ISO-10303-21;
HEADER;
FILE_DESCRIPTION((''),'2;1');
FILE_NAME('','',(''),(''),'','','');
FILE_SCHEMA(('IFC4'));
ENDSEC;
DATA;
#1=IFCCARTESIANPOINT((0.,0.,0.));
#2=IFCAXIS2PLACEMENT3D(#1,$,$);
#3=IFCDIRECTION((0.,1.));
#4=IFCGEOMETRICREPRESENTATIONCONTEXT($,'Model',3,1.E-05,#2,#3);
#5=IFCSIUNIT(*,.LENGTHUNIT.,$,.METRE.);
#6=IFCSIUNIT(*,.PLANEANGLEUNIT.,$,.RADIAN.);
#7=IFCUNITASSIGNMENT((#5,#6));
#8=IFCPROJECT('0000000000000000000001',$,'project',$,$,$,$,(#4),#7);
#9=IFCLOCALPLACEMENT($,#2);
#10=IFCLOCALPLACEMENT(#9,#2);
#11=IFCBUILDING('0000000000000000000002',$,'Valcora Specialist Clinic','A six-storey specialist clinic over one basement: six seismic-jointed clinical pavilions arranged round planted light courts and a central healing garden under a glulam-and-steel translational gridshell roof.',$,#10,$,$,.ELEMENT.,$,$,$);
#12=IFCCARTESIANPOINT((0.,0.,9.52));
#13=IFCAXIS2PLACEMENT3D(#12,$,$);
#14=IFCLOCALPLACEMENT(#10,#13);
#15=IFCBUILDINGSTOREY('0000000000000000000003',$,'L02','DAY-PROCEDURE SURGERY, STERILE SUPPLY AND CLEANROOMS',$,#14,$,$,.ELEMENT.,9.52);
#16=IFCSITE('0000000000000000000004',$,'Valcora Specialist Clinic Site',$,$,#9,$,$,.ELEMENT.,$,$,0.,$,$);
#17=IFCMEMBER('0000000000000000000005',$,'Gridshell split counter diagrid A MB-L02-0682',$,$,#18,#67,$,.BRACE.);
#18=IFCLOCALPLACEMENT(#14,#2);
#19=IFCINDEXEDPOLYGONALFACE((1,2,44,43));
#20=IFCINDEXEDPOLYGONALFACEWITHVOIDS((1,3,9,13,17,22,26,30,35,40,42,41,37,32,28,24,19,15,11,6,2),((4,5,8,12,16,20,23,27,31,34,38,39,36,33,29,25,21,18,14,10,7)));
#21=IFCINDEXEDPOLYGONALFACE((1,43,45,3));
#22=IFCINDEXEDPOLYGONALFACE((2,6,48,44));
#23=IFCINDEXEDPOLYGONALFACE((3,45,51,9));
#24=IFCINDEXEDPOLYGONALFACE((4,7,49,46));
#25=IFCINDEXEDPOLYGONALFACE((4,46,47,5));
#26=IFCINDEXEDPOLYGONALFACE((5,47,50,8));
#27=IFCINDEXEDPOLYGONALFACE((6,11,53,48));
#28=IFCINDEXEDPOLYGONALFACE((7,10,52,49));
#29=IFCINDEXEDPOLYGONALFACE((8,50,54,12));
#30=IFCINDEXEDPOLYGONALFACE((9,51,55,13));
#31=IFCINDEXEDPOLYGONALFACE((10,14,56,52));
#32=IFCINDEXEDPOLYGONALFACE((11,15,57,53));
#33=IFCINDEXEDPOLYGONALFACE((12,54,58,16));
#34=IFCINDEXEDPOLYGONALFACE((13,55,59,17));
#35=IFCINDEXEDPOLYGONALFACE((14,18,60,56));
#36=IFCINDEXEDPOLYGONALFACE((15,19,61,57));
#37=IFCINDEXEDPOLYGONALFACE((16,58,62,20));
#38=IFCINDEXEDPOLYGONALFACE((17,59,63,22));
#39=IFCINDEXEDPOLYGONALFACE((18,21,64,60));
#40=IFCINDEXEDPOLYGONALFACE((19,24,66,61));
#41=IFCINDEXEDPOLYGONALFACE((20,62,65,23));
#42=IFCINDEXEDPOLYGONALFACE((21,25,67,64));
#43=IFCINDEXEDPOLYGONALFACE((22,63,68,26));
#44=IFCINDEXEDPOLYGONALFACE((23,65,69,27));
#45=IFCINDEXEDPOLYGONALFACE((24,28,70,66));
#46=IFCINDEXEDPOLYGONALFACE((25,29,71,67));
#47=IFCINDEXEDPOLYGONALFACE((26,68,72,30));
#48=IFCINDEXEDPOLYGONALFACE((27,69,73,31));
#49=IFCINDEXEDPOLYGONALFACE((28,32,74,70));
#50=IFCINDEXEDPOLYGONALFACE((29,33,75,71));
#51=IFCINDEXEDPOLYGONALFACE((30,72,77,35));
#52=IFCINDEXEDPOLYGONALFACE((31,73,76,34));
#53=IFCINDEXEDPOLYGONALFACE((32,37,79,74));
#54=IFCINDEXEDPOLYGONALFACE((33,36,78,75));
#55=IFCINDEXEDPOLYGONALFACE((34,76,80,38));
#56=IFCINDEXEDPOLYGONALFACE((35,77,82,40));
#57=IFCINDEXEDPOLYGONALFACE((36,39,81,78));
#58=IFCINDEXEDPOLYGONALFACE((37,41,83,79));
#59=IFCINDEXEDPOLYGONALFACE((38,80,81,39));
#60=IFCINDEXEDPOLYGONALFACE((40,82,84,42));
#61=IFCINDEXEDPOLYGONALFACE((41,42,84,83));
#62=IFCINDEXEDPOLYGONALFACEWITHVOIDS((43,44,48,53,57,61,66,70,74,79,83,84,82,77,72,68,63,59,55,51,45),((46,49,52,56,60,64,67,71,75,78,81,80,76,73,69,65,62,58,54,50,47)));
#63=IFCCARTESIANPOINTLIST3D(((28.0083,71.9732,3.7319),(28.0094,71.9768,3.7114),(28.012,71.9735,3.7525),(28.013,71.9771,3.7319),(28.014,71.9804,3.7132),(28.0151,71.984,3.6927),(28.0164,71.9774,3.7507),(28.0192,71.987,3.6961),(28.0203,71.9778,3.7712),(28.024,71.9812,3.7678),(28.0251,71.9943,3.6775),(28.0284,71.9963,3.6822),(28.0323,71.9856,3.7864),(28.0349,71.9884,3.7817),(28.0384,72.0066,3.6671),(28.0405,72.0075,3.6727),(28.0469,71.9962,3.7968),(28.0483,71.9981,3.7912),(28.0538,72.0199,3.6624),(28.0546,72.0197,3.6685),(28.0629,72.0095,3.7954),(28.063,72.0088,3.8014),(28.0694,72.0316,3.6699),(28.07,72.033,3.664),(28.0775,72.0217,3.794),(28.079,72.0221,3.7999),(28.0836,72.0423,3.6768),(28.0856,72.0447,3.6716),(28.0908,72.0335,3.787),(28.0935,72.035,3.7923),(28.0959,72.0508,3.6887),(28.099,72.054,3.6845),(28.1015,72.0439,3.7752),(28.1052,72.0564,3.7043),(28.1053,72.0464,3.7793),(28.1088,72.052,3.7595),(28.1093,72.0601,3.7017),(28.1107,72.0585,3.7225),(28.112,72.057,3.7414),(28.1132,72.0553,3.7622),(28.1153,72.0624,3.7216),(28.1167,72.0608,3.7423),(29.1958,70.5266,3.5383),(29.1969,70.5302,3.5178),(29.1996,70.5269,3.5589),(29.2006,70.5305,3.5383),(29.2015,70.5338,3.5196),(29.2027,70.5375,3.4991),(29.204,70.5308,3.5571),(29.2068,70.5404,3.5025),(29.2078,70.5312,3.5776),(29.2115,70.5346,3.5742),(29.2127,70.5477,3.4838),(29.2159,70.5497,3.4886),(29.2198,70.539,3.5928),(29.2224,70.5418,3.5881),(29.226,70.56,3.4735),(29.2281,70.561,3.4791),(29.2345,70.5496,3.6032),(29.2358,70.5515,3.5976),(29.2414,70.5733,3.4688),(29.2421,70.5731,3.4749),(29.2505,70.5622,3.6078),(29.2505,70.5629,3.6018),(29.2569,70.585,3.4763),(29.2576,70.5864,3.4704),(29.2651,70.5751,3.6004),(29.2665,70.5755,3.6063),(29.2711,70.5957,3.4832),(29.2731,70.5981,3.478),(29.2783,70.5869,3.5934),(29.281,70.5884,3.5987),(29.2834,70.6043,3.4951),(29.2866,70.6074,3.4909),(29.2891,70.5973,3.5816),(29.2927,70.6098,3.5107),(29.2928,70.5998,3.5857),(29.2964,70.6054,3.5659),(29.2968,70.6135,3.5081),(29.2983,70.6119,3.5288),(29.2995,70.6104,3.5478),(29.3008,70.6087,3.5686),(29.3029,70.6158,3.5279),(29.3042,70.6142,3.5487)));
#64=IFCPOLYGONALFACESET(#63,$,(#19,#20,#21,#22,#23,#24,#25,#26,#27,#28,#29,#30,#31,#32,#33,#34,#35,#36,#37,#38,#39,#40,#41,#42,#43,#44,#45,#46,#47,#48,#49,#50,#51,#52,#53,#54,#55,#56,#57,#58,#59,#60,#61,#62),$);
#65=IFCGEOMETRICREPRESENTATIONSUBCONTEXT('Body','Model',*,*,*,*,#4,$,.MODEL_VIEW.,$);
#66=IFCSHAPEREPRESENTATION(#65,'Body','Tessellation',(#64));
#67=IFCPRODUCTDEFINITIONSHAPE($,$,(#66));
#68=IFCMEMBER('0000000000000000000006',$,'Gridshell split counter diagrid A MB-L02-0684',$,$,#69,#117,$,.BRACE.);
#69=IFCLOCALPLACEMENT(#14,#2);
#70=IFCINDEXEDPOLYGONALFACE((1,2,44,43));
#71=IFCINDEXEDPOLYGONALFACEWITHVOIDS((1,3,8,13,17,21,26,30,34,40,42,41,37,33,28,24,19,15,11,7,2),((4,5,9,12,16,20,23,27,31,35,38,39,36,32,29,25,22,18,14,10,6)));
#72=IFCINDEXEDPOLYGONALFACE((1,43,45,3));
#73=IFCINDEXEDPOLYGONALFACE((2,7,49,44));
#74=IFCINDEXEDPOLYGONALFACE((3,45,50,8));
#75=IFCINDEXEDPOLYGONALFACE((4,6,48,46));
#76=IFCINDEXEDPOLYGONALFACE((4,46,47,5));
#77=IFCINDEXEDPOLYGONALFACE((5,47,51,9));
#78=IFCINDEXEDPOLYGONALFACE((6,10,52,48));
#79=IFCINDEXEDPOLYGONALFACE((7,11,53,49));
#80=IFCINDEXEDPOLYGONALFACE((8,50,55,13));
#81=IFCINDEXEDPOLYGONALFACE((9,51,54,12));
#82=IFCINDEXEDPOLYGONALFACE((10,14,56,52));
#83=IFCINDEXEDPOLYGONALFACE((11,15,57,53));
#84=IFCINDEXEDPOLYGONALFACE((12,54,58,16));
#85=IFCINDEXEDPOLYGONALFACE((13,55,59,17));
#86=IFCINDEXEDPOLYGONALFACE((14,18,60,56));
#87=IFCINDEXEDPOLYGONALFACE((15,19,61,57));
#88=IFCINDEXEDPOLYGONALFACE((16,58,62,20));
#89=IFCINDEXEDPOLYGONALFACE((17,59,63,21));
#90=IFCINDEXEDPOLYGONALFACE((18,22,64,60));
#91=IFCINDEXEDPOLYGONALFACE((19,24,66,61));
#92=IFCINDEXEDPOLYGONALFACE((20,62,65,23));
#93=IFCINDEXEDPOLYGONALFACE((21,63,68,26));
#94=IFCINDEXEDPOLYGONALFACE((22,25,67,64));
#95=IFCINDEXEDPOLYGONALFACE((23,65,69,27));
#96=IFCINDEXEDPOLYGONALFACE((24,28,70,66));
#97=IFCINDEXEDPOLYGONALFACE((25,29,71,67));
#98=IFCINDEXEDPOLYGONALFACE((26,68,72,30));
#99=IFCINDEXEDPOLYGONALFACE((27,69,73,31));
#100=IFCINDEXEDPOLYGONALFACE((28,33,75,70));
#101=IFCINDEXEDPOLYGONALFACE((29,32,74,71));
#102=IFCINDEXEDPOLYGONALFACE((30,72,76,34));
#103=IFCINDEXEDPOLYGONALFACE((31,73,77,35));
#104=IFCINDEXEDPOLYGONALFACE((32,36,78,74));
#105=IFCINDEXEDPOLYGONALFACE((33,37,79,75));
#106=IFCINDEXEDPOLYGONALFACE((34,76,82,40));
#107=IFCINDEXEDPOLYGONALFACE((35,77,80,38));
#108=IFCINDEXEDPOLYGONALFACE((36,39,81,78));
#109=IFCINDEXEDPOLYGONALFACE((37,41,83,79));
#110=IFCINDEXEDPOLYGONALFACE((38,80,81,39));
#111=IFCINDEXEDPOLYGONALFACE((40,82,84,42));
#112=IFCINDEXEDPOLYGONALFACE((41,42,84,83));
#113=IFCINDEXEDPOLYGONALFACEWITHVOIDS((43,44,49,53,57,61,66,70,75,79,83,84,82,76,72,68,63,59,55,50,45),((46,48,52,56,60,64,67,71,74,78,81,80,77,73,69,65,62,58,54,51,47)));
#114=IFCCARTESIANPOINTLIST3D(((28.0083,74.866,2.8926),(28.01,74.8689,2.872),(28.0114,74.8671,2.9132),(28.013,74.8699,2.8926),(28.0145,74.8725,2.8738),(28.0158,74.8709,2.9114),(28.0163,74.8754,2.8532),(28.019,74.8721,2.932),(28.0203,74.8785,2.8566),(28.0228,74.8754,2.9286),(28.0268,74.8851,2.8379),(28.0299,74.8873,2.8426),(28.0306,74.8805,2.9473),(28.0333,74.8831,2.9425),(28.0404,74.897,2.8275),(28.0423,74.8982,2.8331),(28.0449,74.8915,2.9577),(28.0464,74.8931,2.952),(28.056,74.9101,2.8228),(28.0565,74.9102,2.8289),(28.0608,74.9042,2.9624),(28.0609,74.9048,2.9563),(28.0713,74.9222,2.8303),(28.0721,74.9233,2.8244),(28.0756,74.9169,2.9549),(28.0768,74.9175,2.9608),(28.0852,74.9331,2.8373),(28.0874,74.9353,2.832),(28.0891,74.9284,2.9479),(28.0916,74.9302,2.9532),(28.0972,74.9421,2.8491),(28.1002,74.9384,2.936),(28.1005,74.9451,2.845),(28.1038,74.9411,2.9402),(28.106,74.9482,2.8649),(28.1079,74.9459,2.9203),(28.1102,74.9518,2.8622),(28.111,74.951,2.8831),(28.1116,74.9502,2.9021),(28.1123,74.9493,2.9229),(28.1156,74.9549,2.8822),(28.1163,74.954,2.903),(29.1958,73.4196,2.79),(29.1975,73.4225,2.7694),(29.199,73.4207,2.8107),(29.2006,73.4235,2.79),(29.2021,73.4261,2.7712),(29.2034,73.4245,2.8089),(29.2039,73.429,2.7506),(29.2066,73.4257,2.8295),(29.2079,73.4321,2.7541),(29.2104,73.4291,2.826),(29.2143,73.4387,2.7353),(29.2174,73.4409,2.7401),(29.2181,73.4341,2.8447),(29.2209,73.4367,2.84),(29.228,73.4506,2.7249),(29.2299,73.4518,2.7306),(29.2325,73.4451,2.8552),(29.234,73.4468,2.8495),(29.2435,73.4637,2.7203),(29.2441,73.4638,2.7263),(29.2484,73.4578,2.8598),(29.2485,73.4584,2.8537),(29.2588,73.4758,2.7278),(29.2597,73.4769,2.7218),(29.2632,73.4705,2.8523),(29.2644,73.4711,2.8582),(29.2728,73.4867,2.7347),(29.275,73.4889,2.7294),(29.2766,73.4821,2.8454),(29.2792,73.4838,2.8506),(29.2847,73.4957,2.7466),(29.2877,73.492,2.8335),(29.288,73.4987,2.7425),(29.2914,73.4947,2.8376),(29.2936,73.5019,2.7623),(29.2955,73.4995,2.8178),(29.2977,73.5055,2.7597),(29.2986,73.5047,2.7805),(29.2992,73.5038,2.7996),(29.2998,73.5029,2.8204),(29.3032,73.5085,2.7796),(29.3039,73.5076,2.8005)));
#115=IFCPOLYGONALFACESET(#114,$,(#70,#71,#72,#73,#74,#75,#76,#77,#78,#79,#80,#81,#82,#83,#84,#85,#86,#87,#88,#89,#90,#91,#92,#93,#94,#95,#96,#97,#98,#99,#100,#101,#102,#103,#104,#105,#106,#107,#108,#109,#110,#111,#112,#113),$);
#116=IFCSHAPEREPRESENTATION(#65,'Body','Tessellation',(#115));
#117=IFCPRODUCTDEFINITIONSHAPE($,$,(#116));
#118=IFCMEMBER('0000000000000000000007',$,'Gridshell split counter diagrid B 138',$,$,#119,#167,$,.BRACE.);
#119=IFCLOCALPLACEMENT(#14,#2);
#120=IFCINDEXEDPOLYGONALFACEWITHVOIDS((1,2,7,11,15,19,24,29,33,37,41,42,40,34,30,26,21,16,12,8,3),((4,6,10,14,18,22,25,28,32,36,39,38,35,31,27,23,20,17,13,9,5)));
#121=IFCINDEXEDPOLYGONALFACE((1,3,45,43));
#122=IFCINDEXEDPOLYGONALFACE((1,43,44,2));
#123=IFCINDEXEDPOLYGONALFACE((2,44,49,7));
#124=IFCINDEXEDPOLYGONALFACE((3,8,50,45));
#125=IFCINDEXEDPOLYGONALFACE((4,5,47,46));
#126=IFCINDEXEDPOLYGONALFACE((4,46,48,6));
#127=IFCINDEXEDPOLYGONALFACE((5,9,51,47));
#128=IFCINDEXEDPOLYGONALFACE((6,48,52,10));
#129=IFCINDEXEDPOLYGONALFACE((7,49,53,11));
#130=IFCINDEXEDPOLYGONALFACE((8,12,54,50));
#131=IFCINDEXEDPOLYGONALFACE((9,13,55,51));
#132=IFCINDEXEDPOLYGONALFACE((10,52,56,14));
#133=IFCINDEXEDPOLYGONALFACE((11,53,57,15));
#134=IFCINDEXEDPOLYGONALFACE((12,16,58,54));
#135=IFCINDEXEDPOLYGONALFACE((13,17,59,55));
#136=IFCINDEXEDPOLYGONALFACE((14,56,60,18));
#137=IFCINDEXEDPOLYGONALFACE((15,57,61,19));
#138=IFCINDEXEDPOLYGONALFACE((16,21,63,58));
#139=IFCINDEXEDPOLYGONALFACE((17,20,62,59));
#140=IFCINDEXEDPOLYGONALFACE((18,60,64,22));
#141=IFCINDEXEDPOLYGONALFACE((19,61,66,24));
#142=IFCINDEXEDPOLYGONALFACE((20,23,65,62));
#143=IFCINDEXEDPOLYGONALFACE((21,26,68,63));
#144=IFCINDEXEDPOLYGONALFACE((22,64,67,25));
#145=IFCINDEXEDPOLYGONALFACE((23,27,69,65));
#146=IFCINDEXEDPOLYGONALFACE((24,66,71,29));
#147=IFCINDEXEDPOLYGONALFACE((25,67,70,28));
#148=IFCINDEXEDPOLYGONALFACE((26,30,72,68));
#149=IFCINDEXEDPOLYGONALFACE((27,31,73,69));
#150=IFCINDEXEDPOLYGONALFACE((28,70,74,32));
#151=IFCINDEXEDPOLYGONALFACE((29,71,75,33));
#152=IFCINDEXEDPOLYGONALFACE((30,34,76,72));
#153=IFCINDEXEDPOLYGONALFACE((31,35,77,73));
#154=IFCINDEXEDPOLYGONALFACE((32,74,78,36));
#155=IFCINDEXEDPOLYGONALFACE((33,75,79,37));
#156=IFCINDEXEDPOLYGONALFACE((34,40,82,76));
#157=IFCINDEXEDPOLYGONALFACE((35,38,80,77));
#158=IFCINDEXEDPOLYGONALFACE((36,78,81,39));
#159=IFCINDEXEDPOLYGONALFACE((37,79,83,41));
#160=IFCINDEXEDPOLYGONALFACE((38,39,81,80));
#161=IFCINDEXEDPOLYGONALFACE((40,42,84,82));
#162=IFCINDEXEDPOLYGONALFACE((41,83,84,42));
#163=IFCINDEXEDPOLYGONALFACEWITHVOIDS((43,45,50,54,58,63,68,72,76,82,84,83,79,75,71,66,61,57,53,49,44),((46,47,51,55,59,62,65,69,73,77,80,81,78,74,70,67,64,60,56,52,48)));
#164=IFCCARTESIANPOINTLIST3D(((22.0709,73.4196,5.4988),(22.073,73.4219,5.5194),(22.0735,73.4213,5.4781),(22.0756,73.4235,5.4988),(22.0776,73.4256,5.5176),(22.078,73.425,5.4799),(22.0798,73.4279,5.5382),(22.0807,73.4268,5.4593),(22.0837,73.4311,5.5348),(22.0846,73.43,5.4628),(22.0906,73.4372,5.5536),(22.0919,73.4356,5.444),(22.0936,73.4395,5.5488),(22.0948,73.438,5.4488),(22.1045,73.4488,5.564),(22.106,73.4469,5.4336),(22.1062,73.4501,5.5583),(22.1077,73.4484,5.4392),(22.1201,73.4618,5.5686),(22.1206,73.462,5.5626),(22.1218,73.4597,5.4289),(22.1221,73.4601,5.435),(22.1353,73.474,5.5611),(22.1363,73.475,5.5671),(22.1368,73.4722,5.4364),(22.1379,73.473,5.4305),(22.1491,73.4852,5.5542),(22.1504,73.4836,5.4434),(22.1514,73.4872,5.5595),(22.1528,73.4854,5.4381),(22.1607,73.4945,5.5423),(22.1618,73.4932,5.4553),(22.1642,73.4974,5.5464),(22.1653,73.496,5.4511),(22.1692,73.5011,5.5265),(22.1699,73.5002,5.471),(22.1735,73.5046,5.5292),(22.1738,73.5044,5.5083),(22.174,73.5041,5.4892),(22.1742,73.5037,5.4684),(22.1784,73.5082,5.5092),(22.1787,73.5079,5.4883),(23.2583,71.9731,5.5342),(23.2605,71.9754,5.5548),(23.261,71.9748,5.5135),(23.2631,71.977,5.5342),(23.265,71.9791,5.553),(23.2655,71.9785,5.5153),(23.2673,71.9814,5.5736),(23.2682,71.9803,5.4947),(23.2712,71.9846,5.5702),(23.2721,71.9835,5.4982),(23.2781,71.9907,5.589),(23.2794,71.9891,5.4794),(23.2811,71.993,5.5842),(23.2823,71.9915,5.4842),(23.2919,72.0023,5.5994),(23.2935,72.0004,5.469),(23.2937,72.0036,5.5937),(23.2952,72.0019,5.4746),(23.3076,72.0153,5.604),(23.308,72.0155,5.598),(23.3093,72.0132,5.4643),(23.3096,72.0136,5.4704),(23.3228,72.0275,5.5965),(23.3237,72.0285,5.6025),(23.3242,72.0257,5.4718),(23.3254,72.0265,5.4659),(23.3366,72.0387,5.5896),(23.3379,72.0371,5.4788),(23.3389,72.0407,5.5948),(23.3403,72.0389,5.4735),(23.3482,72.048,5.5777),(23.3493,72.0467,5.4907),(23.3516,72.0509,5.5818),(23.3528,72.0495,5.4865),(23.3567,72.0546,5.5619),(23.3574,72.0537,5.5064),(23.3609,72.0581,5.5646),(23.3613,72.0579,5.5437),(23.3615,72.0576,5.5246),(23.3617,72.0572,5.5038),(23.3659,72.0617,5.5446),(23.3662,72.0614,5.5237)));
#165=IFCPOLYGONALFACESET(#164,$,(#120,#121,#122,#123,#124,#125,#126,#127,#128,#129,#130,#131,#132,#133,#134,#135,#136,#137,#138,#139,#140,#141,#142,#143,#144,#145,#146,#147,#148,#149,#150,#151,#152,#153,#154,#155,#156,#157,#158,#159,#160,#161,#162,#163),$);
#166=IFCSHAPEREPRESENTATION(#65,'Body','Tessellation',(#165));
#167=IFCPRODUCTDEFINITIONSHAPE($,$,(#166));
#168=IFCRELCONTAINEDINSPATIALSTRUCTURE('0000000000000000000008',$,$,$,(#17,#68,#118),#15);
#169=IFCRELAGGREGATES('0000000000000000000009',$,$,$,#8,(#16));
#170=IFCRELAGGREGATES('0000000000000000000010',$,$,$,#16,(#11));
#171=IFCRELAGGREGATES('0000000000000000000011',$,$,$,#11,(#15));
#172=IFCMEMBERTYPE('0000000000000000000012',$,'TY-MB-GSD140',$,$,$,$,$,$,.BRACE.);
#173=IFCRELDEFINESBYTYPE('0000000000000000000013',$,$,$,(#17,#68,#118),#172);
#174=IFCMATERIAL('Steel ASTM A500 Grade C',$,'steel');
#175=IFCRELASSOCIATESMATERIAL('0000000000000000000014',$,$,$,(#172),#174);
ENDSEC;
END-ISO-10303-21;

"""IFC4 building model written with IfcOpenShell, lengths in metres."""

from ifc_helpers import new_model, si_unit, direction, frame, origin, origin_2d, place, context, subcontext, project, spatial, hollow_circle, extrude, material, material_profile, profile_set, type_object, element, save


model = new_model("IFC4")

# Units and contexts
model_context = context("Model", 3, precision=1e-05, world=origin(), true_north=direction((0.0, 1.0)))
body_context = subcontext(model_context, "Body", "Model", "MODEL_VIEW")
ifc_project = project(units=[si_unit("LENGTHUNIT", "METRE"), si_unit("PLANEANGLEUNIT", "RADIAN")], contexts=[model_context])

# Site, building, storey
site_placement = place(None, origin())
site = spatial("IfcSite", under=ifc_project, at=site_placement, Name="Valcora Specialist Clinic Site", CompositionType="ELEMENT", RefElevation=0.0)
building_placement = place(site_placement, origin())
building = spatial("IfcBuilding", under=site, at=building_placement, Name="Valcora Specialist Clinic", Description="A six-storey specialist clinic over one basement: six seismic-jointed clinical pavilions arranged round planted light courts and a central healing garden under a glulam-and-steel translational gridshell roof.", CompositionType="ELEMENT")
storey_placement = place(building_placement, frame((0.0, 0.0, 9.52)))
storey = spatial("IfcBuildingStorey", under=building, at=storey_placement, Name="L02", Description="DAY-PROCEDURE SURGERY, STERILE SUPPLY AND CLEANROOMS", CompositionType="ELEMENT", Elevation=9.52)

# Members
ifc_material_1 = material(Name="Steel ASTM A500 Grade C", Category="steel")
ifc_material_profile_1 = material_profile(ifc_material_1, hollow_circle(Radius=0.0701, WallThickness=0.0061, at=origin_2d()), Name="ST-CHS-140X6")
ifc_profile_set_1 = profile_set([ifc_material_profile_1], Name="Steel ASTM A500 Grade C")
member_type_1 = type_object("IfcMemberType", Name="TY-MB-GSD140", PredefinedType="BRACE", material=ifc_profile_set_1)
member_1_placement = place(storey_placement, frame((29.25, 70.571, 3.5383), z_axis=(-0.63114, 0.768813, 0.102898), x_axis=(-0.772916, -0.634508, 0.0)))
element("IfcMember", 1, at=member_1_placement, inside=storey, type_object=member_type_1, Name="Gridshell split counter diagrid A MB-L02-0682", PredefinedType="BRACE", context=body_context, shape_type="SweptSolid", body=[
    extrude(hollow_circle(Radius=0.0701, WallThickness=0.0061, at=origin_2d()), origin(), (0.0, 0.0, 1.0), 1.8816),
])
member_2_placement = place(storey_placement, frame((29.25, 73.4641, 2.79), z_axis=(-0.633622, 0.771706, 0.054712), x_axis=(-0.772863, -0.634572, 0.0)))
element("IfcMember", 2, at=member_2_placement, inside=storey, type_object=member_type_1, Name="Gridshell split counter diagrid A MB-L02-0684", PredefinedType="BRACE", context=body_context, shape_type="SweptSolid", body=[
    extrude(hollow_circle(Radius=0.0701, WallThickness=0.0061, at=origin_2d()), origin(), (0.0, 0.0, 1.0), 1.8743),
])
member_3_placement = place(storey_placement, frame((23.3125, 72.0176, 5.5342), z_axis=(-0.634395, 0.772778, -0.018912), x_axis=(-0.772916, -0.634508, 0.0)))
element("IfcMember", 3, at=member_3_placement, inside=storey, type_object=member_type_1, Name="Gridshell split counter diagrid B 138", PredefinedType="BRACE", context=body_context, shape_type="SweptSolid", body=[
    extrude(hollow_circle(Radius=0.0701, WallThickness=0.0061, at=origin_2d()), origin(), (0.0, 0.0, 1.0), 1.8718),
])

save(model, "model.ifc")
